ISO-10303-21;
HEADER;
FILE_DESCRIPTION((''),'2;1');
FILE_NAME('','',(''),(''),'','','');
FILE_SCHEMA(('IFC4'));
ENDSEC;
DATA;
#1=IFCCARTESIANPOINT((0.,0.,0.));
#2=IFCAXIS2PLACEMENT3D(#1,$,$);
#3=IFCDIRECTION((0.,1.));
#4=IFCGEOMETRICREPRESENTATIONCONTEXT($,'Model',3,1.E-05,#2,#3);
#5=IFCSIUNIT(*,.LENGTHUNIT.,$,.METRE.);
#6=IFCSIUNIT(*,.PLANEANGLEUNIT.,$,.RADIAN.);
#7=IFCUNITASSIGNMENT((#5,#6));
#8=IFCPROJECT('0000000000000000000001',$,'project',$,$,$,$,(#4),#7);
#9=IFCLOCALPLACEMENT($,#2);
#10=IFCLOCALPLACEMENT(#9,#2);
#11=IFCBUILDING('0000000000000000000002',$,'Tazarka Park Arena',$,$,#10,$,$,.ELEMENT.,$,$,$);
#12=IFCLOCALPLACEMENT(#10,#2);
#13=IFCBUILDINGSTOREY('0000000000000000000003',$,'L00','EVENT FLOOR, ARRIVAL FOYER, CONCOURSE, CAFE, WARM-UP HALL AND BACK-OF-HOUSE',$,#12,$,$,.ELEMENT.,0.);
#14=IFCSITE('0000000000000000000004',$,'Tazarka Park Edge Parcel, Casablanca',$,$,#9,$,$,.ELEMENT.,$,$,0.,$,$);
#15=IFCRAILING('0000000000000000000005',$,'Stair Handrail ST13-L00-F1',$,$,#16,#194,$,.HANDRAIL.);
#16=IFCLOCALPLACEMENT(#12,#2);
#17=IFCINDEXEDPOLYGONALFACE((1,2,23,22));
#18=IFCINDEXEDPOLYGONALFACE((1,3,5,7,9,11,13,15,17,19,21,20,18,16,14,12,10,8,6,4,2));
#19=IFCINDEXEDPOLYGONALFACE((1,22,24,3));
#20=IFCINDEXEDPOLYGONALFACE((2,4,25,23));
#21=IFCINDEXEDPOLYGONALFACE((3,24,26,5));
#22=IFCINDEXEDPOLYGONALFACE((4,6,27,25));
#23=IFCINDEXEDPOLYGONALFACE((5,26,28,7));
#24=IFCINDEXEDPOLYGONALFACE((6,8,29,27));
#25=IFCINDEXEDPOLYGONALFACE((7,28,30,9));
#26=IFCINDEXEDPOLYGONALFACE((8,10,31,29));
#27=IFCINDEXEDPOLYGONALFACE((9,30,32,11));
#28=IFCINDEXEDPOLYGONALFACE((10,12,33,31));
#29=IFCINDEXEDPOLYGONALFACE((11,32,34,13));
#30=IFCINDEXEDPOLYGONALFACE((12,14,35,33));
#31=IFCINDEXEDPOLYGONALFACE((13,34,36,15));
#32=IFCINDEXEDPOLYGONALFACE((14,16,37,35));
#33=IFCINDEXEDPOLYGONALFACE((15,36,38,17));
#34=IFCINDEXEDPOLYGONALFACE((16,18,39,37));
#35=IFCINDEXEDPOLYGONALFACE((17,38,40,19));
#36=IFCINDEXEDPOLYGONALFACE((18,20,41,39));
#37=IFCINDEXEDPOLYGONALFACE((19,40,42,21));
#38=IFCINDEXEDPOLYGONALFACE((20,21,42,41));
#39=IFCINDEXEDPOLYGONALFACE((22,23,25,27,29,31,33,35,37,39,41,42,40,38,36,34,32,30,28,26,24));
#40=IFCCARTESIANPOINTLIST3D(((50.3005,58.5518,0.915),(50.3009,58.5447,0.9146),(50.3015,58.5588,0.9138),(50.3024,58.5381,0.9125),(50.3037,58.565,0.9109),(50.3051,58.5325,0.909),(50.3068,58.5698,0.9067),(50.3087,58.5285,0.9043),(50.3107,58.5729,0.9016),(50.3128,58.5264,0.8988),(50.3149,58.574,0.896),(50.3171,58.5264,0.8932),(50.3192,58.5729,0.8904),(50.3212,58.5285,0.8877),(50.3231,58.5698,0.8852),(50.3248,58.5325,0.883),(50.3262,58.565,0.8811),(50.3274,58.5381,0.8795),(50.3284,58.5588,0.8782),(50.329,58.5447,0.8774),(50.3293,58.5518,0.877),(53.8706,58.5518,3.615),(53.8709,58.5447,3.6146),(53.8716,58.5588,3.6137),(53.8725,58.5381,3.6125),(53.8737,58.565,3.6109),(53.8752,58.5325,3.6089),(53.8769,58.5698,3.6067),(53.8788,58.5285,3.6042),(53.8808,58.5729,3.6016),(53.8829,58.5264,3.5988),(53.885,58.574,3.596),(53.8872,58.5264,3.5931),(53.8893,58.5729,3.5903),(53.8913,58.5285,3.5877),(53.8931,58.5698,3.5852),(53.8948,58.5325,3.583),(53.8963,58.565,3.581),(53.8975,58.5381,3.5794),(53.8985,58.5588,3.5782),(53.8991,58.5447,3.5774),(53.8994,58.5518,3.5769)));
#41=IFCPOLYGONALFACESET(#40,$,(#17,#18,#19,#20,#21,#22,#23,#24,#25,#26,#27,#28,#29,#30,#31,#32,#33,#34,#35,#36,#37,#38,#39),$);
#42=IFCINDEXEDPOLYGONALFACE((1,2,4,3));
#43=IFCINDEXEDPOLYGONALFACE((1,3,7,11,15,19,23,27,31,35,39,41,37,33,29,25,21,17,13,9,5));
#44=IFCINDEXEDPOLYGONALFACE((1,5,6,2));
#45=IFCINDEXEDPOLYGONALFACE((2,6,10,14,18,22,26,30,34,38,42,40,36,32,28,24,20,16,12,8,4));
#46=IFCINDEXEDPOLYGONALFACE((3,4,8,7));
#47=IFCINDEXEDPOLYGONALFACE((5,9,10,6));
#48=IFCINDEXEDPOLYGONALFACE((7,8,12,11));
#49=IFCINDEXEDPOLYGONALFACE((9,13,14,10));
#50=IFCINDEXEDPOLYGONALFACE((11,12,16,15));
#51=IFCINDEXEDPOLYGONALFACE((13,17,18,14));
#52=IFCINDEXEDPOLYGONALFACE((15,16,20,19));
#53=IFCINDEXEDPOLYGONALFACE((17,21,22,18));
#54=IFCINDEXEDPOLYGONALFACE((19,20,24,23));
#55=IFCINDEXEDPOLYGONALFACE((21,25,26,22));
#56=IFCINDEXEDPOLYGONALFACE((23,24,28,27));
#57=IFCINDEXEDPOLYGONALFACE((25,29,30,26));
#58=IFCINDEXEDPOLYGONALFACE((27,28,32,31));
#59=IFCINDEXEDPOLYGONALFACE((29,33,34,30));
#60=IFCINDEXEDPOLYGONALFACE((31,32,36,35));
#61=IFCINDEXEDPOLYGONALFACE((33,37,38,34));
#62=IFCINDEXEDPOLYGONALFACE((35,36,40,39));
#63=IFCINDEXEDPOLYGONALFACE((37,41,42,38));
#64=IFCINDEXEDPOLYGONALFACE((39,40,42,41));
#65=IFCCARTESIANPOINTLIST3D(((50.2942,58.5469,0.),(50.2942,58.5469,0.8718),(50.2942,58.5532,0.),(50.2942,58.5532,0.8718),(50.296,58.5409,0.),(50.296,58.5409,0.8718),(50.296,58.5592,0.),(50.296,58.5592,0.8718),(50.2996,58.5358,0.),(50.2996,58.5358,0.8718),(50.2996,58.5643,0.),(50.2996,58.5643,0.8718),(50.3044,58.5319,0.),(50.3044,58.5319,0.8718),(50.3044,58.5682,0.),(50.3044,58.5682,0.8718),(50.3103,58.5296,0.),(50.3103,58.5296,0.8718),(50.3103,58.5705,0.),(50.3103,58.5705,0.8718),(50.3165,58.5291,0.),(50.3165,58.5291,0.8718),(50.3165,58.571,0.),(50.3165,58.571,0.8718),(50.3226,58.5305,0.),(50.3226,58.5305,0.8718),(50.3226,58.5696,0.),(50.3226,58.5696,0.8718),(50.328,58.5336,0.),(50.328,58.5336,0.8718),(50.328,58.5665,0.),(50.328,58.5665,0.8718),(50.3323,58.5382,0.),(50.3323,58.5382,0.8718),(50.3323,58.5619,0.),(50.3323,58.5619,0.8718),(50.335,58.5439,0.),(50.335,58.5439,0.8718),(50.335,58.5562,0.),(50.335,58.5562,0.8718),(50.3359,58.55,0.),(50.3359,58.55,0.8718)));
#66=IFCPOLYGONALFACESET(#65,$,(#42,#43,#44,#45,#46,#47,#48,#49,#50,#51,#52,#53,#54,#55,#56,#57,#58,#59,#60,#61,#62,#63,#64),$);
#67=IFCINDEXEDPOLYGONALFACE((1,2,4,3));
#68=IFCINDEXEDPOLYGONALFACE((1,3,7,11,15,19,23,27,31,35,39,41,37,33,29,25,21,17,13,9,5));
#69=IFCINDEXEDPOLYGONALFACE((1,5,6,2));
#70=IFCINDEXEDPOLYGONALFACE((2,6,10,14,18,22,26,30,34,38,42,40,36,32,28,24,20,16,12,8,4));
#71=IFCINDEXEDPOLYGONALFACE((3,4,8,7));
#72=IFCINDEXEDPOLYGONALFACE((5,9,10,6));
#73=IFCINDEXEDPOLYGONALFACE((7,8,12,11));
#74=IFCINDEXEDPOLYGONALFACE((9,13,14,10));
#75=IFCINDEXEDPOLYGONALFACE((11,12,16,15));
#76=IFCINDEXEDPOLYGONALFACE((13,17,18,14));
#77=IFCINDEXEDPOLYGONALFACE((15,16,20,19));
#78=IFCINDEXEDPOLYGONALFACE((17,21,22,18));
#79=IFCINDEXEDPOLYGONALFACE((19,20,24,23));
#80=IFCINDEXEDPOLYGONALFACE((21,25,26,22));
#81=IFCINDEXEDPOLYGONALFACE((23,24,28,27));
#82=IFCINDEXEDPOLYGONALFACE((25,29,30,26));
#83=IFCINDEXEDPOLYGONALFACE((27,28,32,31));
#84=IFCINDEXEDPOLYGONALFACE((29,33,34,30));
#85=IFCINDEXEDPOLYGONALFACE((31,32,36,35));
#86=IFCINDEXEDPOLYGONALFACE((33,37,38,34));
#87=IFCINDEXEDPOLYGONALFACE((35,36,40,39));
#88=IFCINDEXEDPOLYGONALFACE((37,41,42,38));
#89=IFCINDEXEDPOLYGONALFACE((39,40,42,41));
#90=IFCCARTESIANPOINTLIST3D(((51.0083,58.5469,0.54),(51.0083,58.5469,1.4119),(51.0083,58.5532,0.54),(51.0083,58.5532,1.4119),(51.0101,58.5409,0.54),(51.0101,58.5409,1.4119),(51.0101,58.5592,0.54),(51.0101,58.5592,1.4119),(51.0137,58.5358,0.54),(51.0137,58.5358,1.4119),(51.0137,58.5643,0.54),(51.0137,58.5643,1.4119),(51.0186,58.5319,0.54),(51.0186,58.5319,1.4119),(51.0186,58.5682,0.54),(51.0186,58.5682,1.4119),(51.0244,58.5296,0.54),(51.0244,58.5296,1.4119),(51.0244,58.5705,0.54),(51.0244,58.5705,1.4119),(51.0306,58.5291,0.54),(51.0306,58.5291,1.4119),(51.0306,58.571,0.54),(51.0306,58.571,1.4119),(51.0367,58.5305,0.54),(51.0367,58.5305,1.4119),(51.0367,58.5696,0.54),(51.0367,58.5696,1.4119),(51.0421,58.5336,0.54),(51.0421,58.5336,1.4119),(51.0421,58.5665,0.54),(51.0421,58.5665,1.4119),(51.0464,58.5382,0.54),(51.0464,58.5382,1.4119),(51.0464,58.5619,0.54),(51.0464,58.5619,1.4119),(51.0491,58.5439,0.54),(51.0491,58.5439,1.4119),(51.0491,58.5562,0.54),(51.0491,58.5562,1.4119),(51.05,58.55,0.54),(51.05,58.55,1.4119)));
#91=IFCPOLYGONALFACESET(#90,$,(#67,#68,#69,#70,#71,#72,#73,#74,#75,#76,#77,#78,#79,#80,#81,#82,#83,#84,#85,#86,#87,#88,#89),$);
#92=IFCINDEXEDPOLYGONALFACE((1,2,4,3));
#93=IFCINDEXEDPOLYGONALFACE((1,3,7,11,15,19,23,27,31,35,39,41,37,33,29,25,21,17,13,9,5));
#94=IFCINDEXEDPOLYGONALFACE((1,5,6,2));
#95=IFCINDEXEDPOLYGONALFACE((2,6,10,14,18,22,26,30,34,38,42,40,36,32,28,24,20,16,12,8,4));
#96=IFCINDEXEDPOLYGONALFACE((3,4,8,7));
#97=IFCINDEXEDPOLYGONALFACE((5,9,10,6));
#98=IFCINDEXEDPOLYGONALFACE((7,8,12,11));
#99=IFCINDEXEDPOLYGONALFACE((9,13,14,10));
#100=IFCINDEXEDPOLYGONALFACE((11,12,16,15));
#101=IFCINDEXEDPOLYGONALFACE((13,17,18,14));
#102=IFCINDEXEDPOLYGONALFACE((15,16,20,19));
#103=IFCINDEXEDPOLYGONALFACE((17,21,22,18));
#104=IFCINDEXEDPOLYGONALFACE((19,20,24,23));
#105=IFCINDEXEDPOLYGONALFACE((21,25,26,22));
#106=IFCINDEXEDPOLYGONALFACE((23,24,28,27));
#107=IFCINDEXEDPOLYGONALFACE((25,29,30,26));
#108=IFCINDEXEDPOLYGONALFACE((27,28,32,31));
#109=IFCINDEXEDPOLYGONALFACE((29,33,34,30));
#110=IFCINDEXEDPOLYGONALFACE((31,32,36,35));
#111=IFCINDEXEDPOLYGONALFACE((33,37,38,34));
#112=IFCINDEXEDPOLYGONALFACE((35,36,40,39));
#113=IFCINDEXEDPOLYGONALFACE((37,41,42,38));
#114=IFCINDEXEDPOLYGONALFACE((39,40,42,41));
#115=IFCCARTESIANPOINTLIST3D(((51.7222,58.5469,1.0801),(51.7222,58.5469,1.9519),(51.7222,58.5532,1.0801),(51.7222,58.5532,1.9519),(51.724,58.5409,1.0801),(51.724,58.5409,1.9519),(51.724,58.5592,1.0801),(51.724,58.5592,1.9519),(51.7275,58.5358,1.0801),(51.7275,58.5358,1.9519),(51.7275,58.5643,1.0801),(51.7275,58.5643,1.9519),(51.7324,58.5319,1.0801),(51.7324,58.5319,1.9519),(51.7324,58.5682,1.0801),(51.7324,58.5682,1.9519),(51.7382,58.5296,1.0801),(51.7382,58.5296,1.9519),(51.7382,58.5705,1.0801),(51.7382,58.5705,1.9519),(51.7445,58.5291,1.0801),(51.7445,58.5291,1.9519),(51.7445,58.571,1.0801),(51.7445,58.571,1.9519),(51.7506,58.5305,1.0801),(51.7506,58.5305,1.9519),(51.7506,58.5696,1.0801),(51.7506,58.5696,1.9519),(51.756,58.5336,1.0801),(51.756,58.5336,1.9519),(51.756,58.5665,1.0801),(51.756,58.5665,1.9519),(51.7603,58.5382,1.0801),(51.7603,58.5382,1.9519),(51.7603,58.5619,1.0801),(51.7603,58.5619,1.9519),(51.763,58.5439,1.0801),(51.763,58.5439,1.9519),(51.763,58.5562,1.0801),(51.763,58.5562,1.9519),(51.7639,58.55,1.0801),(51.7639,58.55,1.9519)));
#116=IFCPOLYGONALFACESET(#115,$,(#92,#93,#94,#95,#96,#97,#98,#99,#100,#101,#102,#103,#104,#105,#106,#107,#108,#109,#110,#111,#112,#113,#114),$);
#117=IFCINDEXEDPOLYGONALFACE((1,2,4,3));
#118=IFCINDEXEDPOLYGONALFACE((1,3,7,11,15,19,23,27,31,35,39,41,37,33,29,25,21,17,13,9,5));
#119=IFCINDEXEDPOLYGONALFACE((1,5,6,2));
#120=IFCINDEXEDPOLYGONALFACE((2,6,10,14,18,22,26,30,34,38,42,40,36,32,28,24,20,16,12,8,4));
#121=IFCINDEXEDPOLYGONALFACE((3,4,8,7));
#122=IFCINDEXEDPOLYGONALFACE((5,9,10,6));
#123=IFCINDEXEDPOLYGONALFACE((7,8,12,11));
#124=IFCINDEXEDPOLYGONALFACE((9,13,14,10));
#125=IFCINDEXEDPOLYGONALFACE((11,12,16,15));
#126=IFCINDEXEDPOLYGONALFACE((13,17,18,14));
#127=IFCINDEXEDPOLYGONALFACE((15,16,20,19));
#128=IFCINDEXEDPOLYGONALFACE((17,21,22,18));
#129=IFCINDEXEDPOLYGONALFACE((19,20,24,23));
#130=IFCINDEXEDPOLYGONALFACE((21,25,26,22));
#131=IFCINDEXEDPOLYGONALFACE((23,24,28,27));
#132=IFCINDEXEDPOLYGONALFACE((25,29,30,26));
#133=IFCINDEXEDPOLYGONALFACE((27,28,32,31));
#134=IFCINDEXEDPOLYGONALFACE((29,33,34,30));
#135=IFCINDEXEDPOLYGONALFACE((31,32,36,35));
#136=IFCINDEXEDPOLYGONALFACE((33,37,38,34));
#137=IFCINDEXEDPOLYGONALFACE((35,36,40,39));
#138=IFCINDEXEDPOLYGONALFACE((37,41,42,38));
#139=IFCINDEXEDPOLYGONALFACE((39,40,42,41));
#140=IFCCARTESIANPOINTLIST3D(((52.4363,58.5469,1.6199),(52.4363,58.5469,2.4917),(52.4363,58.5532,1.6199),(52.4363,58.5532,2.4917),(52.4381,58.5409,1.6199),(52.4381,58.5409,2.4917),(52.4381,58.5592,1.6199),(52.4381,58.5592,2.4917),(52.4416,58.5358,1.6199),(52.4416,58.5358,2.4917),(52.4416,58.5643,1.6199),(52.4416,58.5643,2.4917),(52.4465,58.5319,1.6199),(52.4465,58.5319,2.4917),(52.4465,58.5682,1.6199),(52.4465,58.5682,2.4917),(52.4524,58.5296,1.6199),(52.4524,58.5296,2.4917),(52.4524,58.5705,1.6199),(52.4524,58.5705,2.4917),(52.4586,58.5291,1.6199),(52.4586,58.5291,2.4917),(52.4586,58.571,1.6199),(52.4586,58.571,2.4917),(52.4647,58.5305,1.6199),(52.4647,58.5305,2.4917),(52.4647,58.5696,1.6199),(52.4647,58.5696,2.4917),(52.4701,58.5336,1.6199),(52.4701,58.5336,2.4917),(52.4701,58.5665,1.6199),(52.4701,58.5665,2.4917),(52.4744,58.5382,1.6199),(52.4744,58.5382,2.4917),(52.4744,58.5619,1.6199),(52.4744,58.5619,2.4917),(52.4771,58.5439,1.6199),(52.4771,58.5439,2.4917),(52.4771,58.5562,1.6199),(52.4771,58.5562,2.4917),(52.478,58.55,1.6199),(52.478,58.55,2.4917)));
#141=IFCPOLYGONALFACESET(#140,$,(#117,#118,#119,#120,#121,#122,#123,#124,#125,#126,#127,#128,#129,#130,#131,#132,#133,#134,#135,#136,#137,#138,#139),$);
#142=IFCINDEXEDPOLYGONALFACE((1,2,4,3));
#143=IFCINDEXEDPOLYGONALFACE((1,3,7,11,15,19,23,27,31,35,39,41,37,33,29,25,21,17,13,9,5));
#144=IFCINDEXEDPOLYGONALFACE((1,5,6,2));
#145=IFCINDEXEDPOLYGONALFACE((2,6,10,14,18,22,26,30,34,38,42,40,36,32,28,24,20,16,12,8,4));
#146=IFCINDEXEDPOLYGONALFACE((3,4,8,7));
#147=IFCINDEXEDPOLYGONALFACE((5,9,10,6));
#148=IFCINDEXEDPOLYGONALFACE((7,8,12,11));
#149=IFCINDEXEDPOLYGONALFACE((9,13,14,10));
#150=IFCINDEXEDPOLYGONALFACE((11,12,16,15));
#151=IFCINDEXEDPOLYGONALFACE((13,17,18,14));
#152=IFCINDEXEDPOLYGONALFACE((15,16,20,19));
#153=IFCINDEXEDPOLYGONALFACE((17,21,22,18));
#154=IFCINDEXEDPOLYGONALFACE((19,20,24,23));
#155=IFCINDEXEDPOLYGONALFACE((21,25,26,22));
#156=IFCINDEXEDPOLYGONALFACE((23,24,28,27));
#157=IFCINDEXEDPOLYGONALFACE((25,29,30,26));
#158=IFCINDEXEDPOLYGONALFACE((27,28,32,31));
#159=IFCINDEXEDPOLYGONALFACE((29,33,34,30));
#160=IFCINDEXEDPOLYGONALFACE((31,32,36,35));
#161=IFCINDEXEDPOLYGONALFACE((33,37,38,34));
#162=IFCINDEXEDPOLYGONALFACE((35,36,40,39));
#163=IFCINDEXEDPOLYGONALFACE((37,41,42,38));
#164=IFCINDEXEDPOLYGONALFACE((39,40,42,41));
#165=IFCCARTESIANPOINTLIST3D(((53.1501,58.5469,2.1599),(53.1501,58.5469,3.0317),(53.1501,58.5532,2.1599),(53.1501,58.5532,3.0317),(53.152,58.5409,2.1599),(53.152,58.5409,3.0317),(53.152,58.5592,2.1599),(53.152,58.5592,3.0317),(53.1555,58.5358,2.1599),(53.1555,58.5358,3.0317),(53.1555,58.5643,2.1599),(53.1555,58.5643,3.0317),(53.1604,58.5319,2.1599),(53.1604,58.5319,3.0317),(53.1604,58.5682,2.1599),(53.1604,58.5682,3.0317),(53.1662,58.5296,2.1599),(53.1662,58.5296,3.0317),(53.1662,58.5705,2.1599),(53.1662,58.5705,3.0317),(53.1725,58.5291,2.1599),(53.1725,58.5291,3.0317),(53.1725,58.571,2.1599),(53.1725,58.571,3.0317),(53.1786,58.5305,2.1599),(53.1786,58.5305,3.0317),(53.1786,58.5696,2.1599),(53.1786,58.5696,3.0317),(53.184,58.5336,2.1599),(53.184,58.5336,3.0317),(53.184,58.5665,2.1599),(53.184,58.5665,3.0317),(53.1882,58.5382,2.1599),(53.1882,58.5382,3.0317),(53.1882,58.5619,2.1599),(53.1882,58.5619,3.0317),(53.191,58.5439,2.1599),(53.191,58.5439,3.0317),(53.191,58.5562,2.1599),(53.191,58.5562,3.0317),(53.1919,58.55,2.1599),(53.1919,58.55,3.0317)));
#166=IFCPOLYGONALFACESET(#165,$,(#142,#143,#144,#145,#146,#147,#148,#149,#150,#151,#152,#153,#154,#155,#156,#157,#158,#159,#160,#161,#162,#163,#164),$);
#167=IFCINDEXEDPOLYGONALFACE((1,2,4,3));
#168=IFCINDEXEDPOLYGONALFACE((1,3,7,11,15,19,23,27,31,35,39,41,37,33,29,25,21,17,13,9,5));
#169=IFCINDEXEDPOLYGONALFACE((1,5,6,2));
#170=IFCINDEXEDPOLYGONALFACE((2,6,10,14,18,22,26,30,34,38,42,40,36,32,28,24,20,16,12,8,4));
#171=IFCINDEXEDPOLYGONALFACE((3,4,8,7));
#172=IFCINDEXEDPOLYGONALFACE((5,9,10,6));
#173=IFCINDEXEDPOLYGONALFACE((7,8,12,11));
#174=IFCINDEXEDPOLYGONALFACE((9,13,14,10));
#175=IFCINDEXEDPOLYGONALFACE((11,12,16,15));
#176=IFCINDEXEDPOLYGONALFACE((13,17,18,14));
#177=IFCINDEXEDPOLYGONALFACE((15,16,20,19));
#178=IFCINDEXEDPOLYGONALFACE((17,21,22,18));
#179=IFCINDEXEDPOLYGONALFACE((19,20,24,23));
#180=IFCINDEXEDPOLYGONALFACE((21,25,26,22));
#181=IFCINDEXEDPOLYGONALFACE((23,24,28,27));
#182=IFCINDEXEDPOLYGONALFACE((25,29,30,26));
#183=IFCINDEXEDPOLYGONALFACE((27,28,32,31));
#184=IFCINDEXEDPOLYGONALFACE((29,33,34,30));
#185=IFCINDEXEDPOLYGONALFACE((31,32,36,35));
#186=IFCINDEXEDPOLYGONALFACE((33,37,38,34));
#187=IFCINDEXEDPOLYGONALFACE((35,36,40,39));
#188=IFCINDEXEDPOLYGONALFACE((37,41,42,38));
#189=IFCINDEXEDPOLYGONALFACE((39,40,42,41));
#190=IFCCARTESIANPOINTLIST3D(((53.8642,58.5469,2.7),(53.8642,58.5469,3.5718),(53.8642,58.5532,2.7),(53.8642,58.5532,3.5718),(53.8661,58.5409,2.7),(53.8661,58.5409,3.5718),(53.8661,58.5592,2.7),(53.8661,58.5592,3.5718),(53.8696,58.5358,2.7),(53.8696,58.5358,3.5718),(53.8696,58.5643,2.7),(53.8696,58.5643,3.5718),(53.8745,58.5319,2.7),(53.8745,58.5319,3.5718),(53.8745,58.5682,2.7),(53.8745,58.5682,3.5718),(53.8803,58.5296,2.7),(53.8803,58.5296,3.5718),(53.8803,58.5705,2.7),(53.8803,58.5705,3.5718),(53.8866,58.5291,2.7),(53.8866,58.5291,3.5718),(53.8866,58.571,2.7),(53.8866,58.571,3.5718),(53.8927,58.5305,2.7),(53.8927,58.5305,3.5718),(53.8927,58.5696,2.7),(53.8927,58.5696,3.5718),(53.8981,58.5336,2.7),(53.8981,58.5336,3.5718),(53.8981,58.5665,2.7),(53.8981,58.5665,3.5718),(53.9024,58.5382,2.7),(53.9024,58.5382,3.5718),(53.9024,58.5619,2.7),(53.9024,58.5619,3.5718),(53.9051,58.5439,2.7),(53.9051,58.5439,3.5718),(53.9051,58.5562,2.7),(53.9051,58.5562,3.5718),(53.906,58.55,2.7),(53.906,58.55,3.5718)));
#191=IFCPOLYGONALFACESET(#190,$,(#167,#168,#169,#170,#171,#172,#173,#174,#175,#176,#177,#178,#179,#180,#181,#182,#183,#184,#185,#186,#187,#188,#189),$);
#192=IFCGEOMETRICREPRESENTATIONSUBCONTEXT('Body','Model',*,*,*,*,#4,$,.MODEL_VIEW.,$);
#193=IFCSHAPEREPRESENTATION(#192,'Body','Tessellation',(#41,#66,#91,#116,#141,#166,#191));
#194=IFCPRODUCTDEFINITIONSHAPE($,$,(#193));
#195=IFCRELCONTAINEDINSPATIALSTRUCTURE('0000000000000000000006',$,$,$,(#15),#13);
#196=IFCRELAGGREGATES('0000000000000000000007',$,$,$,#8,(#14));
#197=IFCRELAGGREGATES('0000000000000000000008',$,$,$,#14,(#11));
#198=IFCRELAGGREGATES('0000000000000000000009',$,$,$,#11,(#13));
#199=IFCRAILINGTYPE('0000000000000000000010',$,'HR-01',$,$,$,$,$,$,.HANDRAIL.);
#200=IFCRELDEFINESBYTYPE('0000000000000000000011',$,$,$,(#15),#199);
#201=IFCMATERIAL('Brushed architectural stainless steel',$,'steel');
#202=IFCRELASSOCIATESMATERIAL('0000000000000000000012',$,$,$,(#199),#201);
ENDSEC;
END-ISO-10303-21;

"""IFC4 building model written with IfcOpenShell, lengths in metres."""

from ifc_helpers import new_model, si_unit, direction, frame, origin, origin_2d, place, context, subcontext, project, spatial, circle, extrude, material, type_object, element, save


model = new_model("IFC4")

# Units and contexts
model_context = context("Model", 3, precision=1e-05, world=origin(), true_north=direction((0.0, 1.0)))
body_context = subcontext(model_context, "Body", "Model", "MODEL_VIEW")
ifc_project = project(units=[si_unit("LENGTHUNIT", "METRE"), si_unit("PLANEANGLEUNIT", "RADIAN")], contexts=[model_context])

# Site, building, storey
site_placement = place(None, origin())
site = spatial("IfcSite", under=ifc_project, at=site_placement, Name="Tazarka Park Edge Parcel, Casablanca", CompositionType="ELEMENT", RefElevation=0.0)
building_placement = place(site_placement, origin())
building = spatial("IfcBuilding", under=site, at=building_placement, Name="Tazarka Park Arena", CompositionType="ELEMENT")
storey_placement = place(building_placement, origin())
storey = spatial("IfcBuildingStorey", under=building, at=storey_placement, Name="L00", Description="EVENT FLOOR, ARRIVAL FOYER, CONCOURSE, CAFE, WARM-UP HALL AND BACK-OF-HOUSE", CompositionType="ELEMENT", Elevation=0.0)

# Railing
ifc_material_1 = material(Name="Brushed architectural stainless steel", Category="steel")
railing_type_1 = type_object("IfcRailingType", Name="HR-01", PredefinedType="HANDRAIL", material=ifc_material_1)
railing_1_placement = place(storey_placement, frame((50.3149, 58.55, 0.0)))
element("IfcRailing", 1, at=railing_1_placement, inside=storey, type_object=railing_type_1, Name="Stair Handrail ST13-L00-F1", PredefinedType="HANDRAIL", context=body_context, shape_type="SweptSolid", body=[
    extrude(circle(Radius=0.0239, at=origin_2d()), frame((0.0, 0.0, 0.896), z_axis=(0.797591, 0.0, 0.603198), x_axis=(0.0, 1.0, 0.0)), (0.0, 0.0, 1.0), 4.4761),
    extrude(circle(Radius=0.021, at=origin_2d()), origin(), (0.0, 0.0, 1.0), 0.8718),
    extrude(circle(Radius=0.021, at=origin_2d()), frame((0.7141, 0.0, 0.54)), (0.0, 0.0, 1.0), 0.8718),
    extrude(circle(Radius=0.021, at=origin_2d()), frame((1.428, 0.0, 1.0801)), (0.0, 0.0, 1.0), 0.8718),
    extrude(circle(Radius=0.021, at=origin_2d()), frame((2.1421, 0.0, 1.6199)), (0.0, 0.0, 1.0), 0.8718),
    extrude(circle(Radius=0.021, at=origin_2d()), frame((2.856, 0.0, 2.1599)), (0.0, 0.0, 1.0), 0.8718),
    extrude(circle(Radius=0.021, at=origin_2d()), frame((3.5701, 0.0, 2.7)), (0.0, 0.0, 1.0), 0.8718),
])

save(model, "model.ifc")
